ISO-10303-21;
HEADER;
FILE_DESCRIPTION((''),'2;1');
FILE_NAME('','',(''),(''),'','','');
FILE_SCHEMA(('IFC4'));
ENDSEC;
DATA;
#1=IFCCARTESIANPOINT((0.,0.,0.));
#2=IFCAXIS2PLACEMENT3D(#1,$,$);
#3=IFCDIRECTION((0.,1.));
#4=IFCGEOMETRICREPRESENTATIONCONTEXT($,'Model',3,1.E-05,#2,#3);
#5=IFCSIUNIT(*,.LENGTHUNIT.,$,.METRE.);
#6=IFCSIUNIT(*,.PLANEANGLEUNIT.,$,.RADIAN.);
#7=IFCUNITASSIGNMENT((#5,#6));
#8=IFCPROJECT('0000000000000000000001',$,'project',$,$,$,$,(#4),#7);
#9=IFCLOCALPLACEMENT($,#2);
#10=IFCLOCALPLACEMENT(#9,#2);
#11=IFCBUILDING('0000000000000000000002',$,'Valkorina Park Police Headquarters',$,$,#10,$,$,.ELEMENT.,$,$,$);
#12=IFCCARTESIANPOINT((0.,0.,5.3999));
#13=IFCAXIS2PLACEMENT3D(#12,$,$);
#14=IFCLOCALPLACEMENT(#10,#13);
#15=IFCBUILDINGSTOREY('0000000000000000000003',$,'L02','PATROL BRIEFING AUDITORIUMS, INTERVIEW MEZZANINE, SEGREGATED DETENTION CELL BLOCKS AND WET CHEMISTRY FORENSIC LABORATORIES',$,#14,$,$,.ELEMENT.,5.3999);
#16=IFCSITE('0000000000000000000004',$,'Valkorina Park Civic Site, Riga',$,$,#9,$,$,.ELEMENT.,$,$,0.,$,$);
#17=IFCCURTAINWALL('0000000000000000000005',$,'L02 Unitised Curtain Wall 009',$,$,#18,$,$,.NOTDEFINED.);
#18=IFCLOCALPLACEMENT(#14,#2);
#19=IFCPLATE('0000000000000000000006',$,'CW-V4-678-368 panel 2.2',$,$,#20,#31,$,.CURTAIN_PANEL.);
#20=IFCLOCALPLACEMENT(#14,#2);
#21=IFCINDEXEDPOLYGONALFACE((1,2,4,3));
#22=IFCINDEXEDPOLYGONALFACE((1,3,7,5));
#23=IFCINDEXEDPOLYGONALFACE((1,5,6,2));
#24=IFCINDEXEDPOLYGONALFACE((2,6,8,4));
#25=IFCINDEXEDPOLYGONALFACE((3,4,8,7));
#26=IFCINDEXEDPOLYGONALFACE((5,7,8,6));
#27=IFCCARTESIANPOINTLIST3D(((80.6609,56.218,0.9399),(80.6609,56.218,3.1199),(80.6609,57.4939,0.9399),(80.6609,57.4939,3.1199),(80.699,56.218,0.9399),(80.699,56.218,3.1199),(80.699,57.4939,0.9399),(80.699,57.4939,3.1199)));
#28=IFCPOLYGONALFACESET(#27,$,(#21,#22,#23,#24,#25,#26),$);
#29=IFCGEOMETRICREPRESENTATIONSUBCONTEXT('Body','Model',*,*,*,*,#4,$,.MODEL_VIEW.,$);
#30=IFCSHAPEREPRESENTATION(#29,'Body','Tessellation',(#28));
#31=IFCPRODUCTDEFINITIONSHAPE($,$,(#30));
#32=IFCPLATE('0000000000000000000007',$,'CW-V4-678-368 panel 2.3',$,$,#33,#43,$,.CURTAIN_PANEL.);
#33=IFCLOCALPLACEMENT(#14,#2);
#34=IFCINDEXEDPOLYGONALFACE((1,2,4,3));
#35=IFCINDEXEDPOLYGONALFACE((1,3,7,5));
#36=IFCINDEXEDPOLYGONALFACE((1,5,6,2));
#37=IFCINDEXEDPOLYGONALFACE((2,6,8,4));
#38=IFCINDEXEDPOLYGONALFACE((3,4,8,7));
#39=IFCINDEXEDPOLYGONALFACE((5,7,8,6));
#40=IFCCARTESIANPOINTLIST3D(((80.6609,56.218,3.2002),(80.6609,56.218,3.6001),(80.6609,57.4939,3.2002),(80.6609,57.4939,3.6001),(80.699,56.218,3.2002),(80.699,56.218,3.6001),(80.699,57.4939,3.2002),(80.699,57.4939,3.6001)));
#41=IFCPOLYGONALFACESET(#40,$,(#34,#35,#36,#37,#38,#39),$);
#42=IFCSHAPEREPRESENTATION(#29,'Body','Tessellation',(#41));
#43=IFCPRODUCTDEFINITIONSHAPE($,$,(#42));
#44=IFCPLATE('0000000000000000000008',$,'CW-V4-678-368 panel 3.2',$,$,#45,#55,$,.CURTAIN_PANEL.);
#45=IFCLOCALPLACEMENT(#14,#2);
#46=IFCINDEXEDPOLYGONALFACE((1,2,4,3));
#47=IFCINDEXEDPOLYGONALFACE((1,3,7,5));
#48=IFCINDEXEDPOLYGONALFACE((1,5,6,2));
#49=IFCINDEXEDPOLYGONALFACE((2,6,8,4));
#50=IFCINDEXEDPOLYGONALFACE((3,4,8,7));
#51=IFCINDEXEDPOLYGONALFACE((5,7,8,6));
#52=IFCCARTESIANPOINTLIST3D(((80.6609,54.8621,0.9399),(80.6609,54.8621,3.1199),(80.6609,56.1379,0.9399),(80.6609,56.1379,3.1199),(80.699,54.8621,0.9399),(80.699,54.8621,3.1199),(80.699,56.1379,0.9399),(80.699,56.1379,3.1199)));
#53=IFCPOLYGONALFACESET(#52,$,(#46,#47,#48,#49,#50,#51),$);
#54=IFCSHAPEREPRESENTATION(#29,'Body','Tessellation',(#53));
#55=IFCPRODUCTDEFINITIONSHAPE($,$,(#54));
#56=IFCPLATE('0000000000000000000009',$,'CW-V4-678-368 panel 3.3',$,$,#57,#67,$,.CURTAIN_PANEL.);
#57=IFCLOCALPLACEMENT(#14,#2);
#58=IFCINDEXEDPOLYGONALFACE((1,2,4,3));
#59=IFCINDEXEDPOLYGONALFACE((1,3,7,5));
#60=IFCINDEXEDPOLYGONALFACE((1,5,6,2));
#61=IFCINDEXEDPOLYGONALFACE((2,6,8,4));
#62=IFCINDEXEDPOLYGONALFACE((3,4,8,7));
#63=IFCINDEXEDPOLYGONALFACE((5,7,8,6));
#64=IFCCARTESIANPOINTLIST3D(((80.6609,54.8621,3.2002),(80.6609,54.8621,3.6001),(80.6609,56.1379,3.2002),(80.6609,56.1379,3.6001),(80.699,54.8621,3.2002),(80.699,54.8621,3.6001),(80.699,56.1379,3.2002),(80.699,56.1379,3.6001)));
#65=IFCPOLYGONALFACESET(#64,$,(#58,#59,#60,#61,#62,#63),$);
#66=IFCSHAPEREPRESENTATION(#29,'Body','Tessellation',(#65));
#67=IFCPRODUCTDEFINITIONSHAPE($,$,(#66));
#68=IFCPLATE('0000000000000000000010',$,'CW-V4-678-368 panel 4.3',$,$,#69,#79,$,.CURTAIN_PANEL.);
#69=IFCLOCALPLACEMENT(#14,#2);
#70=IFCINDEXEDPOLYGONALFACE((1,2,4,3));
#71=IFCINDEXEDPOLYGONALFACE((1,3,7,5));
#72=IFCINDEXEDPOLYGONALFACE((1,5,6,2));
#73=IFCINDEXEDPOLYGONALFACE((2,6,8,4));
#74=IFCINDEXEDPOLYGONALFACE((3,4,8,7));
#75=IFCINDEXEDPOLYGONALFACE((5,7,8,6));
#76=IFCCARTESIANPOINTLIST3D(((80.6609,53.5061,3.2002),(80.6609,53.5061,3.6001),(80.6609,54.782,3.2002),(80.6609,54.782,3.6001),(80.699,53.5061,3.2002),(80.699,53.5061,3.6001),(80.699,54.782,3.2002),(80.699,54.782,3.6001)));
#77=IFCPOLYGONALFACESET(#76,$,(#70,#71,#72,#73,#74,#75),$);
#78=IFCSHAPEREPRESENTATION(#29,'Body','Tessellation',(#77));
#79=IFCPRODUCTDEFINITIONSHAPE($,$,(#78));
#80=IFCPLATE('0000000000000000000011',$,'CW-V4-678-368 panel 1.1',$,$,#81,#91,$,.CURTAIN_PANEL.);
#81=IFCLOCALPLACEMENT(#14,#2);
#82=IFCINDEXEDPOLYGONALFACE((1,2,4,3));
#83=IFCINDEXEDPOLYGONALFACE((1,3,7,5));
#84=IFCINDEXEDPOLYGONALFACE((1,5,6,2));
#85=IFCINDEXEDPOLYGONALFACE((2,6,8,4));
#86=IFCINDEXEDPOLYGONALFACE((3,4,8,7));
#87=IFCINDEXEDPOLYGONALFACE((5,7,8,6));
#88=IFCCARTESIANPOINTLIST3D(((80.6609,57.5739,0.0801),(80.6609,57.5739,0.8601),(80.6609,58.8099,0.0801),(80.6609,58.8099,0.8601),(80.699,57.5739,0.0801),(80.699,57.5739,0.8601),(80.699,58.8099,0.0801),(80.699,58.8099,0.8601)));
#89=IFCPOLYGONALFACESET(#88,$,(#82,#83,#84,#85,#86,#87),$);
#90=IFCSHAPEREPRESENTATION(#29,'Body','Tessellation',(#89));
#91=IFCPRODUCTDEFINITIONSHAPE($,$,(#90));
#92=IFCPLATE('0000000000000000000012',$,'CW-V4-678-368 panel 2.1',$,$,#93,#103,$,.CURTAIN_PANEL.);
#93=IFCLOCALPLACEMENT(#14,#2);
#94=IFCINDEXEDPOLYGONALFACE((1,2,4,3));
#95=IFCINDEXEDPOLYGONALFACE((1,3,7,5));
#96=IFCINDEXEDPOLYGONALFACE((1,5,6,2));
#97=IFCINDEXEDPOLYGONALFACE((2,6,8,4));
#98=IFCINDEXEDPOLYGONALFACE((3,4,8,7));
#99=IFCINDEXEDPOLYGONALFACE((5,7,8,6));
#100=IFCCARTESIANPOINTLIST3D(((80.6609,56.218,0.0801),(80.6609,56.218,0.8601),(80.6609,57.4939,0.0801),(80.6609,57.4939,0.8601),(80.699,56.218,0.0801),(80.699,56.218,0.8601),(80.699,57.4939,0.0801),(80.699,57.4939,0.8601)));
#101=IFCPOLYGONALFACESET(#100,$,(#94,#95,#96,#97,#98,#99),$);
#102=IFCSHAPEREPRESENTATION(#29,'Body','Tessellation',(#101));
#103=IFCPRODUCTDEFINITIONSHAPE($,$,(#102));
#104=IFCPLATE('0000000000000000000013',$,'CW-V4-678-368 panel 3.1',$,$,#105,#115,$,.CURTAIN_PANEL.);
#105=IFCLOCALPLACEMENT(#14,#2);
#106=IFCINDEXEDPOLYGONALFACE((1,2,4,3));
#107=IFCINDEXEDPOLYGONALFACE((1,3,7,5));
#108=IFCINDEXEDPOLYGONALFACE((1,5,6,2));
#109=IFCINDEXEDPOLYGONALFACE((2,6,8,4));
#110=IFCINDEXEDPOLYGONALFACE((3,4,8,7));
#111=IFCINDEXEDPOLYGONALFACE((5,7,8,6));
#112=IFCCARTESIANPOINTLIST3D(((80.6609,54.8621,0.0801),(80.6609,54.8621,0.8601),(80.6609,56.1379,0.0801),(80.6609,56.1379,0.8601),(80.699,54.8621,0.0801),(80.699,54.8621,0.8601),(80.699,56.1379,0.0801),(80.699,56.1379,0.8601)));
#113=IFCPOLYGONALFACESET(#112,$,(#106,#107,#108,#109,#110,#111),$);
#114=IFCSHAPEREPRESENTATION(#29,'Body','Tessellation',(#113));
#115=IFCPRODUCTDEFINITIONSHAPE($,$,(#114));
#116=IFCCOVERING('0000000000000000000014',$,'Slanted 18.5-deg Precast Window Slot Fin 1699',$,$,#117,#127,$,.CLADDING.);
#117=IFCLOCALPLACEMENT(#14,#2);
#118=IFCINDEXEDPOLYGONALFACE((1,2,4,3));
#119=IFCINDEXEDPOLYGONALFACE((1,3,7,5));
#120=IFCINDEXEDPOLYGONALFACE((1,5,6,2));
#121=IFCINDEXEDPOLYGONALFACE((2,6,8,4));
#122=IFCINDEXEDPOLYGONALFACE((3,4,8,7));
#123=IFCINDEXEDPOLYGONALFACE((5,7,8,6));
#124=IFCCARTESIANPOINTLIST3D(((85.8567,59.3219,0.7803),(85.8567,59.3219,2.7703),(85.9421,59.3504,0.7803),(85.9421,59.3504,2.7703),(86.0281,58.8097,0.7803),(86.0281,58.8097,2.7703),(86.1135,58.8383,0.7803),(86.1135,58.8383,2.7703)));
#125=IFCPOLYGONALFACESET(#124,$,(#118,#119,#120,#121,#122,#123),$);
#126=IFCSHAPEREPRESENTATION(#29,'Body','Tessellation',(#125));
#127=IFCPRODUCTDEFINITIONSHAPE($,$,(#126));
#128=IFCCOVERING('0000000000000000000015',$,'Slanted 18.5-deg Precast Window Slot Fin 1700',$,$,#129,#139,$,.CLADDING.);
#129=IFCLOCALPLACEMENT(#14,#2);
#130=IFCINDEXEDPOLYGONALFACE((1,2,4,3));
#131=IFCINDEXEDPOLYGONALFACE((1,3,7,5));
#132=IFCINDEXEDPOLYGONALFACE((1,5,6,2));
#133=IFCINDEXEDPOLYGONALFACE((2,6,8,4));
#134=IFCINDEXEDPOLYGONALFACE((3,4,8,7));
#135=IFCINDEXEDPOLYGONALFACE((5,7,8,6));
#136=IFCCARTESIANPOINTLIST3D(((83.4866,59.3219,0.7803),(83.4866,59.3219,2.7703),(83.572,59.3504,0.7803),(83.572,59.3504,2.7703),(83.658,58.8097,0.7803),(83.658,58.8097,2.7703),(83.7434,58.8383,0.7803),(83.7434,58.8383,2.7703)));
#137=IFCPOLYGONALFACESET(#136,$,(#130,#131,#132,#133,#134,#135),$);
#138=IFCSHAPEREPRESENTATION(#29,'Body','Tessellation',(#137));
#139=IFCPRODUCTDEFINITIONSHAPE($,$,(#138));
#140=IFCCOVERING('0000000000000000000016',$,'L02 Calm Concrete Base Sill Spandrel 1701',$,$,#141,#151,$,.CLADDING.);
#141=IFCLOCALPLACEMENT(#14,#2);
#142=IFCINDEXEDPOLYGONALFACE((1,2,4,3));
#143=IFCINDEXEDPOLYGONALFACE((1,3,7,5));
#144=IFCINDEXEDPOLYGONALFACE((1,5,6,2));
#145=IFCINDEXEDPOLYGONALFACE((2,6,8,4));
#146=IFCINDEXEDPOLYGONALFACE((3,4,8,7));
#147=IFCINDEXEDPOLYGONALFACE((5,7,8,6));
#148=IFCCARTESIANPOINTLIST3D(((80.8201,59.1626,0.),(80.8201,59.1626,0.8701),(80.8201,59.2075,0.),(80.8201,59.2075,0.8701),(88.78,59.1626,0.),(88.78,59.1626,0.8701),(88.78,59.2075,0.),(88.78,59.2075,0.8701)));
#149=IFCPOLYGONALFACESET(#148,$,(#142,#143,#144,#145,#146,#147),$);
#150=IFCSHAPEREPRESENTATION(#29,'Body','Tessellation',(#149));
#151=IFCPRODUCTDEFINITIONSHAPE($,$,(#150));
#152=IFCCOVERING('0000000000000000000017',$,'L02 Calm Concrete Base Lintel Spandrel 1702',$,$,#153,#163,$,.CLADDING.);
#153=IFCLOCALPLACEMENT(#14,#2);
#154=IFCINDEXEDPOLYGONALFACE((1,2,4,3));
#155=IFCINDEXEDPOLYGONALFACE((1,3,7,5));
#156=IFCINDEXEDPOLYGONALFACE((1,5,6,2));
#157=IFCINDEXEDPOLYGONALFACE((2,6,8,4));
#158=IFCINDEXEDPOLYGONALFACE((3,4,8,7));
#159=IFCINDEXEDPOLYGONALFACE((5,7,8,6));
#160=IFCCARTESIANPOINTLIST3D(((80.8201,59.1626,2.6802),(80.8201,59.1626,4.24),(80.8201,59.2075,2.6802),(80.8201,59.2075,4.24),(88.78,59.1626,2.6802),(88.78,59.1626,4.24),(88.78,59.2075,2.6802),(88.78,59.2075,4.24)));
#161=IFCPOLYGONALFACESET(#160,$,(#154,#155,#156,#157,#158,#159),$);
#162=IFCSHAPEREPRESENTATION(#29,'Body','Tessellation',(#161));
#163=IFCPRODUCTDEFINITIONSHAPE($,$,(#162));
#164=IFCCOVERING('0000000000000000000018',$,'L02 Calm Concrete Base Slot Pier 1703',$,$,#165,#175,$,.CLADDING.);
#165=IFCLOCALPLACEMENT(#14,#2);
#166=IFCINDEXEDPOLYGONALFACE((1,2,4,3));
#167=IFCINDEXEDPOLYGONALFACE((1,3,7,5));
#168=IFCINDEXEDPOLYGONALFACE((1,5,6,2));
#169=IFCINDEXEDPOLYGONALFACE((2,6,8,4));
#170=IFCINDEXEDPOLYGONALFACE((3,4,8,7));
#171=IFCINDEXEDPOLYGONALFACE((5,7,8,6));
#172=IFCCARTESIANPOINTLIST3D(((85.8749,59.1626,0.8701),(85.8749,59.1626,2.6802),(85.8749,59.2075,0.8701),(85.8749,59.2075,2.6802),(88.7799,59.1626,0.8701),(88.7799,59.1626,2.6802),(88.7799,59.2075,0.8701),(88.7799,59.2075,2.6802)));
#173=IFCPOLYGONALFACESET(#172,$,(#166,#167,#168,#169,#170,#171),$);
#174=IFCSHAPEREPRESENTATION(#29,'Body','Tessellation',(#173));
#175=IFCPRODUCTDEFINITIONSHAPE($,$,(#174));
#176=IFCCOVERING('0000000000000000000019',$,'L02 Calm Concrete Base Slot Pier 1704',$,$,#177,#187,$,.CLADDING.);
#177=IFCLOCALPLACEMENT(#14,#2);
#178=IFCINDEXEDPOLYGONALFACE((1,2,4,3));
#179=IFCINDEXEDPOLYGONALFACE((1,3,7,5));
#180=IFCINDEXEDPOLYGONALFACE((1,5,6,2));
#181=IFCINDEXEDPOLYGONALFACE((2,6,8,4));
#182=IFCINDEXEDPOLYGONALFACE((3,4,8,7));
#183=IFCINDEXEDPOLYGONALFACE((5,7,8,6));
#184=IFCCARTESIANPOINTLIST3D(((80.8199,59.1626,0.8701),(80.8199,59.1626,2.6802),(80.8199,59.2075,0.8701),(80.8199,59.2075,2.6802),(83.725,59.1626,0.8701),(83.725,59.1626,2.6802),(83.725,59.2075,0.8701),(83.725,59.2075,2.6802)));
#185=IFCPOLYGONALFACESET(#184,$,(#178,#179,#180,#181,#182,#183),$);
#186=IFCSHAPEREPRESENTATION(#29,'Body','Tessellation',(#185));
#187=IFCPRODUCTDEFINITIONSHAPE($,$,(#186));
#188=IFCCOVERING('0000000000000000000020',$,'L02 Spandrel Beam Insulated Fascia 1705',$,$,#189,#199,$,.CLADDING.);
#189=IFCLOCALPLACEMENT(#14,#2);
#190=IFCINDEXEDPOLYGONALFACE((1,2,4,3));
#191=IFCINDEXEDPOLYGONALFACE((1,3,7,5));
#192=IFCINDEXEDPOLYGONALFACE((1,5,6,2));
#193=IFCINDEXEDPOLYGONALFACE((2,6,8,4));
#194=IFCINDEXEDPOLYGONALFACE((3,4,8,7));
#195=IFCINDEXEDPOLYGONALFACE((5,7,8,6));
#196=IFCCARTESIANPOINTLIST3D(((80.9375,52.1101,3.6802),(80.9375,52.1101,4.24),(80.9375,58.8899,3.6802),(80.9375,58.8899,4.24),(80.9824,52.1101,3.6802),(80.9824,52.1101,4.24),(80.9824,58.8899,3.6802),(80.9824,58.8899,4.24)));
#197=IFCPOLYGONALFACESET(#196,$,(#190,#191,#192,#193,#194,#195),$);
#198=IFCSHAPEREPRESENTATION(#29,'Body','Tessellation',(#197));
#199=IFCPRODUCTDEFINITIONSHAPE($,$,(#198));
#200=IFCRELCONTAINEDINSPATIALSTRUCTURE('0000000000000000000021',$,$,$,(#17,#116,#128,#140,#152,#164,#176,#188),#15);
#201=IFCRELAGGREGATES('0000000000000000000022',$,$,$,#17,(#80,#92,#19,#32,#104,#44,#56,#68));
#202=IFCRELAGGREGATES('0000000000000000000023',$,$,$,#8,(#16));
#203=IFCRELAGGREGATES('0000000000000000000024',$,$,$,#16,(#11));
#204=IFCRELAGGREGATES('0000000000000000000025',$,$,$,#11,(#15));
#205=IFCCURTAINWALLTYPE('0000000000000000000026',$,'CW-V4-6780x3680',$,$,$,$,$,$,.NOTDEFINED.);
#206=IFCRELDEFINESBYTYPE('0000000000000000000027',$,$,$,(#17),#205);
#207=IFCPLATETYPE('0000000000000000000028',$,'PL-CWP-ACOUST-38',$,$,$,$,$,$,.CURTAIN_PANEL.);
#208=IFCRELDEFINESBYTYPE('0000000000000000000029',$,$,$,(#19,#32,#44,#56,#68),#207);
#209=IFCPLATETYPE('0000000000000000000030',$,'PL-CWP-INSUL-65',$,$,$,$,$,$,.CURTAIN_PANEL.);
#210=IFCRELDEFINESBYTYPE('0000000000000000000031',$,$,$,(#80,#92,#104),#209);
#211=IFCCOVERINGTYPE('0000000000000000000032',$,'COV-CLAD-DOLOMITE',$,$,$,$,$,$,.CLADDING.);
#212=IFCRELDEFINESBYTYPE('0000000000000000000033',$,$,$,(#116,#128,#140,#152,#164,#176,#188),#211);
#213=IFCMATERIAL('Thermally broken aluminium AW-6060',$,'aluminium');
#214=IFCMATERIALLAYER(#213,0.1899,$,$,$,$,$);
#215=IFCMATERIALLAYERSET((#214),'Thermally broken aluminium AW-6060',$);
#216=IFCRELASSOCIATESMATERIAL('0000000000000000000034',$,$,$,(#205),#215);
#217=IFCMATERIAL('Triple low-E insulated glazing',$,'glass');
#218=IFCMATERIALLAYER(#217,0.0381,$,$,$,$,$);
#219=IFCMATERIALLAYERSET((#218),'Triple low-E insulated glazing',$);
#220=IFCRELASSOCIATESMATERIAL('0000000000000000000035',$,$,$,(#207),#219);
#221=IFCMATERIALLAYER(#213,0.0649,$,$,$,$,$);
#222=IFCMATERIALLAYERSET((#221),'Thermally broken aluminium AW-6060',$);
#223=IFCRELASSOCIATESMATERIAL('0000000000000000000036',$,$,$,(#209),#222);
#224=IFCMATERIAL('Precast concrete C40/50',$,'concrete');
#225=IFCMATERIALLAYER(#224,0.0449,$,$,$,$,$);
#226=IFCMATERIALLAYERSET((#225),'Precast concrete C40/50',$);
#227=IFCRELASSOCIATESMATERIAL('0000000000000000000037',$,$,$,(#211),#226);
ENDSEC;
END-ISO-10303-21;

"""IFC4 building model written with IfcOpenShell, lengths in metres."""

from ifc_helpers import new_model, si_unit, direction, frame, frame_2d, origin, origin_2d, place, context, subcontext, project, spatial, rectangle, extrude, material, layer, layer_set, type_object, element, aggregate, save


model = new_model("IFC4")

# Units and contexts
model_context = context("Model", 3, precision=1e-05, world=origin(), true_north=direction((0.0, 1.0)))
body_context = subcontext(model_context, "Body", "Model", "MODEL_VIEW")
ifc_project = project(units=[si_unit("LENGTHUNIT", "METRE"), si_unit("PLANEANGLEUNIT", "RADIAN")], contexts=[model_context])

# Site, building, storey
site_placement = place(None, origin())
site = spatial("IfcSite", under=ifc_project, at=site_placement, Name="Valkorina Park Civic Site, Riga", CompositionType="ELEMENT", RefElevation=0.0)
building_placement = place(site_placement, origin())
building = spatial("IfcBuilding", under=site, at=building_placement, Name="Valkorina Park Police Headquarters", CompositionType="ELEMENT")
storey_placement = place(building_placement, frame((0.0, 0.0, 5.3999)))
storey = spatial("IfcBuildingStorey", under=building, at=storey_placement, Name="L02", Description="PATROL BRIEFING AUDITORIUMS, INTERVIEW MEZZANINE, SEGREGATED DETENTION CELL BLOCKS AND WET CHEMISTRY FORENSIC LABORATORIES", CompositionType="ELEMENT", Elevation=5.3999)

# Curtain wall, plates
ifc_material_1 = material(Name="Thermally broken aluminium AW-6060", Category="aluminium")
ifc_layer_1 = layer(ifc_material_1, 0.1899)
ifc_layer_set_1 = layer_set([ifc_layer_1], Name="Thermally broken aluminium AW-6060")
curtain_wall_type = type_object("IfcCurtainWallType", Name="CW-V4-6780x3680", PredefinedType="NOTDEFINED", material=ifc_layer_set_1)
curtain_wall_placement = place(storey_placement, origin())
curtain_wall = element("IfcCurtainWall", 1, at=curtain_wall_placement, inside=storey, type_object=curtain_wall_type, Name="L02 Unitised Curtain Wall 009", PredefinedType="NOTDEFINED")
ifc_material_2 = material(Name="Triple low-E insulated glazing", Category="glass")
ifc_layer_2 = layer(ifc_material_2, 0.0381)
ifc_layer_set_2 = layer_set([ifc_layer_2], Name="Triple low-E insulated glazing")
plate_type_1 = type_object("IfcPlateType", Name="PL-CWP-ACOUST-38", PredefinedType="CURTAIN_PANEL", material=ifc_layer_set_2)
plate_1_placement = place(storey_placement, frame((80.6799, 56.856, 0.9399), z_axis=(0.0, 0.0, 1.0), x_axis=(0.0, -1.0, 0.0)))
plate_1 = element("IfcPlate", 2, at=plate_1_placement, type_object=plate_type_1, Name="CW-V4-678-368 panel 2.2", PredefinedType="CURTAIN_PANEL", context=body_context, shape_type="SweptSolid", body=[
    extrude(rectangle(XDim=1.2759, YDim=0.0381, at=origin_2d()), origin(), (0.0, 0.0, 1.0), 2.1799),
])
plate_2_placement = place(storey_placement, frame((80.6799, 56.856, 3.2002), z_axis=(0.0, 0.0, 1.0), x_axis=(0.0, -1.0, 0.0)))
plate_2 = element("IfcPlate", 3, at=plate_2_placement, type_object=plate_type_1, Name="CW-V4-678-368 panel 2.3", PredefinedType="CURTAIN_PANEL", context=body_context, shape_type="SweptSolid", body=[
    extrude(rectangle(XDim=1.2759, YDim=0.0381, at=origin_2d()), origin(), (0.0, 0.0, 1.0), 0.3999),
])
plate_3_placement = place(storey_placement, frame((80.6799, 55.5, 0.9399), z_axis=(0.0, 0.0, 1.0), x_axis=(0.0, -1.0, 0.0)))
plate_3 = element("IfcPlate", 4, at=plate_3_placement, type_object=plate_type_1, Name="CW-V4-678-368 panel 3.2", PredefinedType="CURTAIN_PANEL", context=body_context, shape_type="SweptSolid", body=[
    extrude(rectangle(XDim=1.2759, YDim=0.0381, at=origin_2d()), origin(), (0.0, 0.0, 1.0), 2.1799),
])
plate_4_placement = place(storey_placement, frame((80.6799, 55.5, 3.2002), z_axis=(0.0, 0.0, 1.0), x_axis=(0.0, -1.0, 0.0)))
plate_4 = element("IfcPlate", 5, at=plate_4_placement, type_object=plate_type_1, Name="CW-V4-678-368 panel 3.3", PredefinedType="CURTAIN_PANEL", context=body_context, shape_type="SweptSolid", body=[
    extrude(rectangle(XDim=1.2759, YDim=0.0381, at=origin_2d()), origin(), (0.0, 0.0, 1.0), 0.3999),
])
plate_5_placement = place(storey_placement, frame((80.6799, 54.144, 3.2002), z_axis=(0.0, 0.0, 1.0), x_axis=(0.0, -1.0, 0.0)))
plate_5 = element("IfcPlate", 6, at=plate_5_placement, type_object=plate_type_1, Name="CW-V4-678-368 panel 4.3", PredefinedType="CURTAIN_PANEL", context=body_context, shape_type="SweptSolid", body=[
    extrude(rectangle(XDim=1.2759, YDim=0.0381, at=origin_2d()), origin(), (0.0, 0.0, 1.0), 0.3999),
])
ifc_layer_3 = layer(ifc_material_1, 0.0649)
ifc_layer_set_3 = layer_set([ifc_layer_3], Name="Thermally broken aluminium AW-6060")
plate_type_2 = type_object("IfcPlateType", Name="PL-CWP-INSUL-65", PredefinedType="CURTAIN_PANEL", material=ifc_layer_set_3)
plate_6_placement = place(storey_placement, frame((80.6799, 58.1919, 0.0801), z_axis=(0.0, 0.0, 1.0), x_axis=(0.0, -1.0, 0.0)))
plate_6 = element("IfcPlate", 7, at=plate_6_placement, type_object=plate_type_2, Name="CW-V4-678-368 panel 1.1", PredefinedType="CURTAIN_PANEL", context=body_context, shape_type="SweptSolid", body=[
    extrude(rectangle(XDim=1.2361, YDim=0.0381, at=origin_2d()), origin(), (0.0, 0.0, 1.0), 0.78),
])
plate_7_placement = place(storey_placement, frame((80.6799, 56.856, 0.0801), z_axis=(0.0, 0.0, 1.0), x_axis=(0.0, -1.0, 0.0)))
plate_7 = element("IfcPlate", 8, at=plate_7_placement, type_object=plate_type_2, Name="CW-V4-678-368 panel 2.1", PredefinedType="CURTAIN_PANEL", context=body_context, shape_type="SweptSolid", body=[
    extrude(rectangle(XDim=1.2759, YDim=0.0381, at=origin_2d()), origin(), (0.0, 0.0, 1.0), 0.78),
])
plate_8_placement = place(storey_placement, frame((80.6799, 55.5, 0.0801), z_axis=(0.0, 0.0, 1.0), x_axis=(0.0, -1.0, 0.0)))
plate_8 = element("IfcPlate", 9, at=plate_8_placement, type_object=plate_type_2, Name="CW-V4-678-368 panel 3.1", PredefinedType="CURTAIN_PANEL", context=body_context, shape_type="SweptSolid", body=[
    extrude(rectangle(XDim=1.2759, YDim=0.0381, at=origin_2d()), origin(), (0.0, 0.0, 1.0), 0.78),
])
aggregate(curtain_wall, [plate_6, plate_7, plate_1, plate_2, plate_8, plate_3, plate_4, plate_5])

# Coverings
ifc_material_3 = material(Name="Precast concrete C40/50", Category="concrete")
ifc_layer_4 = layer(ifc_material_3, 0.0449)
ifc_layer_set_4 = layer_set([ifc_layer_4], Name="Precast concrete C40/50")
covering_type = type_object("IfcCoveringType", Name="COV-CLAD-DOLOMITE", PredefinedType="CLADDING", material=ifc_layer_set_4)
for number, where, z_axis, x_axis, name in (
    (10, (85.9851, 59.0801, 0.7803), (0.0, 0.0, 1.0), (0.317305, -0.948324, 0.0), "Slanted 18.5-deg Precast Window Slot Fin 1699"),
    (11, (83.615, 59.0801, 0.7803), (0.0, 0.0, 1.0), (0.317305, -0.948324, 0.0), "Slanted 18.5-deg Precast Window Slot Fin 1700"),
):
    element("IfcCovering", number, at=place(storey_placement, frame(where, z_axis=z_axis, x_axis=x_axis)), inside=storey, type_object=covering_type, Name=name, PredefinedType="CLADDING", context=body_context, shape_type="SweptSolid", body=[
        extrude(rectangle(XDim=0.54, YDim=0.0901, at=origin_2d()), origin(), (0.0, 0.0, 1.0), 1.99),
    ])
covering_1_placement = place(storey_placement, frame((88.78, 59.1851, 0.0), z_axis=(0.0, 0.0, 1.0), x_axis=(-1.0, 0.0, 0.0)))
element("IfcCovering", 12, at=covering_1_placement, inside=storey, type_object=covering_type, Name="L02 Calm Concrete Base Sill Spandrel 1701", PredefinedType="CLADDING", context=body_context, shape_type="SweptSolid", body=[
    extrude(rectangle(XDim=7.96, YDim=0.0449, at=frame_2d((3.98, 0.0))), origin(), (0.0, 0.0, 1.0), 0.8701),
])
covering_2_placement = place(storey_placement, frame((88.78, 59.1851, 2.6802), z_axis=(0.0, 0.0, 1.0), x_axis=(-1.0, 0.0, 0.0)))
element("IfcCovering", 13, at=covering_2_placement, inside=storey, type_object=covering_type, Name="L02 Calm Concrete Base Lintel Spandrel 1702", PredefinedType="CLADDING", context=body_context, shape_type="SweptSolid", body=[
    extrude(rectangle(XDim=7.96, YDim=0.0449, at=frame_2d((3.98, 0.0))), origin(), (0.0, 0.0, 1.0), 1.5598),
])
for number, where, z_axis, x_axis, name in (
    (14, (88.78, 59.1851, 0.8701), (0.0, 0.0, 1.0), (-1.0, 0.0, 0.0), "L02 Calm Concrete Base Slot Pier 1703"),
    (15, (83.7251, 59.1851, 0.8701), (0.0, 0.0, 1.0), (-1.0, 0.0, 0.0), "L02 Calm Concrete Base Slot Pier 1704"),
):
    element("IfcCovering", number, at=place(storey_placement, frame(where, z_axis=z_axis, x_axis=x_axis)), inside=storey, type_object=covering_type, Name=name, PredefinedType="CLADDING", context=body_context, shape_type="SweptSolid", body=[
        extrude(rectangle(XDim=2.905, YDim=0.0449, at=frame_2d((1.4526, 0.0))), origin(), (0.0, 0.0, 1.0), 1.8101),
    ])
covering_3_placement = place(storey_placement, frame((80.96, 58.8899, 3.6802), z_axis=(0.0, 0.0, 1.0), x_axis=(0.0, -1.0, 0.0)))
element("IfcCovering", 16, at=covering_3_placement, inside=storey, type_object=covering_type, Name="L02 Spandrel Beam Insulated Fascia 1705", PredefinedType="CLADDING", context=body_context, shape_type="SweptSolid", body=[
    extrude(rectangle(XDim=6.7798, YDim=0.0449, at=frame_2d((3.3899, 0.0))), origin(), (0.0, 0.0, 1.0), 0.5598),
])

save(model, "model.ifc")
